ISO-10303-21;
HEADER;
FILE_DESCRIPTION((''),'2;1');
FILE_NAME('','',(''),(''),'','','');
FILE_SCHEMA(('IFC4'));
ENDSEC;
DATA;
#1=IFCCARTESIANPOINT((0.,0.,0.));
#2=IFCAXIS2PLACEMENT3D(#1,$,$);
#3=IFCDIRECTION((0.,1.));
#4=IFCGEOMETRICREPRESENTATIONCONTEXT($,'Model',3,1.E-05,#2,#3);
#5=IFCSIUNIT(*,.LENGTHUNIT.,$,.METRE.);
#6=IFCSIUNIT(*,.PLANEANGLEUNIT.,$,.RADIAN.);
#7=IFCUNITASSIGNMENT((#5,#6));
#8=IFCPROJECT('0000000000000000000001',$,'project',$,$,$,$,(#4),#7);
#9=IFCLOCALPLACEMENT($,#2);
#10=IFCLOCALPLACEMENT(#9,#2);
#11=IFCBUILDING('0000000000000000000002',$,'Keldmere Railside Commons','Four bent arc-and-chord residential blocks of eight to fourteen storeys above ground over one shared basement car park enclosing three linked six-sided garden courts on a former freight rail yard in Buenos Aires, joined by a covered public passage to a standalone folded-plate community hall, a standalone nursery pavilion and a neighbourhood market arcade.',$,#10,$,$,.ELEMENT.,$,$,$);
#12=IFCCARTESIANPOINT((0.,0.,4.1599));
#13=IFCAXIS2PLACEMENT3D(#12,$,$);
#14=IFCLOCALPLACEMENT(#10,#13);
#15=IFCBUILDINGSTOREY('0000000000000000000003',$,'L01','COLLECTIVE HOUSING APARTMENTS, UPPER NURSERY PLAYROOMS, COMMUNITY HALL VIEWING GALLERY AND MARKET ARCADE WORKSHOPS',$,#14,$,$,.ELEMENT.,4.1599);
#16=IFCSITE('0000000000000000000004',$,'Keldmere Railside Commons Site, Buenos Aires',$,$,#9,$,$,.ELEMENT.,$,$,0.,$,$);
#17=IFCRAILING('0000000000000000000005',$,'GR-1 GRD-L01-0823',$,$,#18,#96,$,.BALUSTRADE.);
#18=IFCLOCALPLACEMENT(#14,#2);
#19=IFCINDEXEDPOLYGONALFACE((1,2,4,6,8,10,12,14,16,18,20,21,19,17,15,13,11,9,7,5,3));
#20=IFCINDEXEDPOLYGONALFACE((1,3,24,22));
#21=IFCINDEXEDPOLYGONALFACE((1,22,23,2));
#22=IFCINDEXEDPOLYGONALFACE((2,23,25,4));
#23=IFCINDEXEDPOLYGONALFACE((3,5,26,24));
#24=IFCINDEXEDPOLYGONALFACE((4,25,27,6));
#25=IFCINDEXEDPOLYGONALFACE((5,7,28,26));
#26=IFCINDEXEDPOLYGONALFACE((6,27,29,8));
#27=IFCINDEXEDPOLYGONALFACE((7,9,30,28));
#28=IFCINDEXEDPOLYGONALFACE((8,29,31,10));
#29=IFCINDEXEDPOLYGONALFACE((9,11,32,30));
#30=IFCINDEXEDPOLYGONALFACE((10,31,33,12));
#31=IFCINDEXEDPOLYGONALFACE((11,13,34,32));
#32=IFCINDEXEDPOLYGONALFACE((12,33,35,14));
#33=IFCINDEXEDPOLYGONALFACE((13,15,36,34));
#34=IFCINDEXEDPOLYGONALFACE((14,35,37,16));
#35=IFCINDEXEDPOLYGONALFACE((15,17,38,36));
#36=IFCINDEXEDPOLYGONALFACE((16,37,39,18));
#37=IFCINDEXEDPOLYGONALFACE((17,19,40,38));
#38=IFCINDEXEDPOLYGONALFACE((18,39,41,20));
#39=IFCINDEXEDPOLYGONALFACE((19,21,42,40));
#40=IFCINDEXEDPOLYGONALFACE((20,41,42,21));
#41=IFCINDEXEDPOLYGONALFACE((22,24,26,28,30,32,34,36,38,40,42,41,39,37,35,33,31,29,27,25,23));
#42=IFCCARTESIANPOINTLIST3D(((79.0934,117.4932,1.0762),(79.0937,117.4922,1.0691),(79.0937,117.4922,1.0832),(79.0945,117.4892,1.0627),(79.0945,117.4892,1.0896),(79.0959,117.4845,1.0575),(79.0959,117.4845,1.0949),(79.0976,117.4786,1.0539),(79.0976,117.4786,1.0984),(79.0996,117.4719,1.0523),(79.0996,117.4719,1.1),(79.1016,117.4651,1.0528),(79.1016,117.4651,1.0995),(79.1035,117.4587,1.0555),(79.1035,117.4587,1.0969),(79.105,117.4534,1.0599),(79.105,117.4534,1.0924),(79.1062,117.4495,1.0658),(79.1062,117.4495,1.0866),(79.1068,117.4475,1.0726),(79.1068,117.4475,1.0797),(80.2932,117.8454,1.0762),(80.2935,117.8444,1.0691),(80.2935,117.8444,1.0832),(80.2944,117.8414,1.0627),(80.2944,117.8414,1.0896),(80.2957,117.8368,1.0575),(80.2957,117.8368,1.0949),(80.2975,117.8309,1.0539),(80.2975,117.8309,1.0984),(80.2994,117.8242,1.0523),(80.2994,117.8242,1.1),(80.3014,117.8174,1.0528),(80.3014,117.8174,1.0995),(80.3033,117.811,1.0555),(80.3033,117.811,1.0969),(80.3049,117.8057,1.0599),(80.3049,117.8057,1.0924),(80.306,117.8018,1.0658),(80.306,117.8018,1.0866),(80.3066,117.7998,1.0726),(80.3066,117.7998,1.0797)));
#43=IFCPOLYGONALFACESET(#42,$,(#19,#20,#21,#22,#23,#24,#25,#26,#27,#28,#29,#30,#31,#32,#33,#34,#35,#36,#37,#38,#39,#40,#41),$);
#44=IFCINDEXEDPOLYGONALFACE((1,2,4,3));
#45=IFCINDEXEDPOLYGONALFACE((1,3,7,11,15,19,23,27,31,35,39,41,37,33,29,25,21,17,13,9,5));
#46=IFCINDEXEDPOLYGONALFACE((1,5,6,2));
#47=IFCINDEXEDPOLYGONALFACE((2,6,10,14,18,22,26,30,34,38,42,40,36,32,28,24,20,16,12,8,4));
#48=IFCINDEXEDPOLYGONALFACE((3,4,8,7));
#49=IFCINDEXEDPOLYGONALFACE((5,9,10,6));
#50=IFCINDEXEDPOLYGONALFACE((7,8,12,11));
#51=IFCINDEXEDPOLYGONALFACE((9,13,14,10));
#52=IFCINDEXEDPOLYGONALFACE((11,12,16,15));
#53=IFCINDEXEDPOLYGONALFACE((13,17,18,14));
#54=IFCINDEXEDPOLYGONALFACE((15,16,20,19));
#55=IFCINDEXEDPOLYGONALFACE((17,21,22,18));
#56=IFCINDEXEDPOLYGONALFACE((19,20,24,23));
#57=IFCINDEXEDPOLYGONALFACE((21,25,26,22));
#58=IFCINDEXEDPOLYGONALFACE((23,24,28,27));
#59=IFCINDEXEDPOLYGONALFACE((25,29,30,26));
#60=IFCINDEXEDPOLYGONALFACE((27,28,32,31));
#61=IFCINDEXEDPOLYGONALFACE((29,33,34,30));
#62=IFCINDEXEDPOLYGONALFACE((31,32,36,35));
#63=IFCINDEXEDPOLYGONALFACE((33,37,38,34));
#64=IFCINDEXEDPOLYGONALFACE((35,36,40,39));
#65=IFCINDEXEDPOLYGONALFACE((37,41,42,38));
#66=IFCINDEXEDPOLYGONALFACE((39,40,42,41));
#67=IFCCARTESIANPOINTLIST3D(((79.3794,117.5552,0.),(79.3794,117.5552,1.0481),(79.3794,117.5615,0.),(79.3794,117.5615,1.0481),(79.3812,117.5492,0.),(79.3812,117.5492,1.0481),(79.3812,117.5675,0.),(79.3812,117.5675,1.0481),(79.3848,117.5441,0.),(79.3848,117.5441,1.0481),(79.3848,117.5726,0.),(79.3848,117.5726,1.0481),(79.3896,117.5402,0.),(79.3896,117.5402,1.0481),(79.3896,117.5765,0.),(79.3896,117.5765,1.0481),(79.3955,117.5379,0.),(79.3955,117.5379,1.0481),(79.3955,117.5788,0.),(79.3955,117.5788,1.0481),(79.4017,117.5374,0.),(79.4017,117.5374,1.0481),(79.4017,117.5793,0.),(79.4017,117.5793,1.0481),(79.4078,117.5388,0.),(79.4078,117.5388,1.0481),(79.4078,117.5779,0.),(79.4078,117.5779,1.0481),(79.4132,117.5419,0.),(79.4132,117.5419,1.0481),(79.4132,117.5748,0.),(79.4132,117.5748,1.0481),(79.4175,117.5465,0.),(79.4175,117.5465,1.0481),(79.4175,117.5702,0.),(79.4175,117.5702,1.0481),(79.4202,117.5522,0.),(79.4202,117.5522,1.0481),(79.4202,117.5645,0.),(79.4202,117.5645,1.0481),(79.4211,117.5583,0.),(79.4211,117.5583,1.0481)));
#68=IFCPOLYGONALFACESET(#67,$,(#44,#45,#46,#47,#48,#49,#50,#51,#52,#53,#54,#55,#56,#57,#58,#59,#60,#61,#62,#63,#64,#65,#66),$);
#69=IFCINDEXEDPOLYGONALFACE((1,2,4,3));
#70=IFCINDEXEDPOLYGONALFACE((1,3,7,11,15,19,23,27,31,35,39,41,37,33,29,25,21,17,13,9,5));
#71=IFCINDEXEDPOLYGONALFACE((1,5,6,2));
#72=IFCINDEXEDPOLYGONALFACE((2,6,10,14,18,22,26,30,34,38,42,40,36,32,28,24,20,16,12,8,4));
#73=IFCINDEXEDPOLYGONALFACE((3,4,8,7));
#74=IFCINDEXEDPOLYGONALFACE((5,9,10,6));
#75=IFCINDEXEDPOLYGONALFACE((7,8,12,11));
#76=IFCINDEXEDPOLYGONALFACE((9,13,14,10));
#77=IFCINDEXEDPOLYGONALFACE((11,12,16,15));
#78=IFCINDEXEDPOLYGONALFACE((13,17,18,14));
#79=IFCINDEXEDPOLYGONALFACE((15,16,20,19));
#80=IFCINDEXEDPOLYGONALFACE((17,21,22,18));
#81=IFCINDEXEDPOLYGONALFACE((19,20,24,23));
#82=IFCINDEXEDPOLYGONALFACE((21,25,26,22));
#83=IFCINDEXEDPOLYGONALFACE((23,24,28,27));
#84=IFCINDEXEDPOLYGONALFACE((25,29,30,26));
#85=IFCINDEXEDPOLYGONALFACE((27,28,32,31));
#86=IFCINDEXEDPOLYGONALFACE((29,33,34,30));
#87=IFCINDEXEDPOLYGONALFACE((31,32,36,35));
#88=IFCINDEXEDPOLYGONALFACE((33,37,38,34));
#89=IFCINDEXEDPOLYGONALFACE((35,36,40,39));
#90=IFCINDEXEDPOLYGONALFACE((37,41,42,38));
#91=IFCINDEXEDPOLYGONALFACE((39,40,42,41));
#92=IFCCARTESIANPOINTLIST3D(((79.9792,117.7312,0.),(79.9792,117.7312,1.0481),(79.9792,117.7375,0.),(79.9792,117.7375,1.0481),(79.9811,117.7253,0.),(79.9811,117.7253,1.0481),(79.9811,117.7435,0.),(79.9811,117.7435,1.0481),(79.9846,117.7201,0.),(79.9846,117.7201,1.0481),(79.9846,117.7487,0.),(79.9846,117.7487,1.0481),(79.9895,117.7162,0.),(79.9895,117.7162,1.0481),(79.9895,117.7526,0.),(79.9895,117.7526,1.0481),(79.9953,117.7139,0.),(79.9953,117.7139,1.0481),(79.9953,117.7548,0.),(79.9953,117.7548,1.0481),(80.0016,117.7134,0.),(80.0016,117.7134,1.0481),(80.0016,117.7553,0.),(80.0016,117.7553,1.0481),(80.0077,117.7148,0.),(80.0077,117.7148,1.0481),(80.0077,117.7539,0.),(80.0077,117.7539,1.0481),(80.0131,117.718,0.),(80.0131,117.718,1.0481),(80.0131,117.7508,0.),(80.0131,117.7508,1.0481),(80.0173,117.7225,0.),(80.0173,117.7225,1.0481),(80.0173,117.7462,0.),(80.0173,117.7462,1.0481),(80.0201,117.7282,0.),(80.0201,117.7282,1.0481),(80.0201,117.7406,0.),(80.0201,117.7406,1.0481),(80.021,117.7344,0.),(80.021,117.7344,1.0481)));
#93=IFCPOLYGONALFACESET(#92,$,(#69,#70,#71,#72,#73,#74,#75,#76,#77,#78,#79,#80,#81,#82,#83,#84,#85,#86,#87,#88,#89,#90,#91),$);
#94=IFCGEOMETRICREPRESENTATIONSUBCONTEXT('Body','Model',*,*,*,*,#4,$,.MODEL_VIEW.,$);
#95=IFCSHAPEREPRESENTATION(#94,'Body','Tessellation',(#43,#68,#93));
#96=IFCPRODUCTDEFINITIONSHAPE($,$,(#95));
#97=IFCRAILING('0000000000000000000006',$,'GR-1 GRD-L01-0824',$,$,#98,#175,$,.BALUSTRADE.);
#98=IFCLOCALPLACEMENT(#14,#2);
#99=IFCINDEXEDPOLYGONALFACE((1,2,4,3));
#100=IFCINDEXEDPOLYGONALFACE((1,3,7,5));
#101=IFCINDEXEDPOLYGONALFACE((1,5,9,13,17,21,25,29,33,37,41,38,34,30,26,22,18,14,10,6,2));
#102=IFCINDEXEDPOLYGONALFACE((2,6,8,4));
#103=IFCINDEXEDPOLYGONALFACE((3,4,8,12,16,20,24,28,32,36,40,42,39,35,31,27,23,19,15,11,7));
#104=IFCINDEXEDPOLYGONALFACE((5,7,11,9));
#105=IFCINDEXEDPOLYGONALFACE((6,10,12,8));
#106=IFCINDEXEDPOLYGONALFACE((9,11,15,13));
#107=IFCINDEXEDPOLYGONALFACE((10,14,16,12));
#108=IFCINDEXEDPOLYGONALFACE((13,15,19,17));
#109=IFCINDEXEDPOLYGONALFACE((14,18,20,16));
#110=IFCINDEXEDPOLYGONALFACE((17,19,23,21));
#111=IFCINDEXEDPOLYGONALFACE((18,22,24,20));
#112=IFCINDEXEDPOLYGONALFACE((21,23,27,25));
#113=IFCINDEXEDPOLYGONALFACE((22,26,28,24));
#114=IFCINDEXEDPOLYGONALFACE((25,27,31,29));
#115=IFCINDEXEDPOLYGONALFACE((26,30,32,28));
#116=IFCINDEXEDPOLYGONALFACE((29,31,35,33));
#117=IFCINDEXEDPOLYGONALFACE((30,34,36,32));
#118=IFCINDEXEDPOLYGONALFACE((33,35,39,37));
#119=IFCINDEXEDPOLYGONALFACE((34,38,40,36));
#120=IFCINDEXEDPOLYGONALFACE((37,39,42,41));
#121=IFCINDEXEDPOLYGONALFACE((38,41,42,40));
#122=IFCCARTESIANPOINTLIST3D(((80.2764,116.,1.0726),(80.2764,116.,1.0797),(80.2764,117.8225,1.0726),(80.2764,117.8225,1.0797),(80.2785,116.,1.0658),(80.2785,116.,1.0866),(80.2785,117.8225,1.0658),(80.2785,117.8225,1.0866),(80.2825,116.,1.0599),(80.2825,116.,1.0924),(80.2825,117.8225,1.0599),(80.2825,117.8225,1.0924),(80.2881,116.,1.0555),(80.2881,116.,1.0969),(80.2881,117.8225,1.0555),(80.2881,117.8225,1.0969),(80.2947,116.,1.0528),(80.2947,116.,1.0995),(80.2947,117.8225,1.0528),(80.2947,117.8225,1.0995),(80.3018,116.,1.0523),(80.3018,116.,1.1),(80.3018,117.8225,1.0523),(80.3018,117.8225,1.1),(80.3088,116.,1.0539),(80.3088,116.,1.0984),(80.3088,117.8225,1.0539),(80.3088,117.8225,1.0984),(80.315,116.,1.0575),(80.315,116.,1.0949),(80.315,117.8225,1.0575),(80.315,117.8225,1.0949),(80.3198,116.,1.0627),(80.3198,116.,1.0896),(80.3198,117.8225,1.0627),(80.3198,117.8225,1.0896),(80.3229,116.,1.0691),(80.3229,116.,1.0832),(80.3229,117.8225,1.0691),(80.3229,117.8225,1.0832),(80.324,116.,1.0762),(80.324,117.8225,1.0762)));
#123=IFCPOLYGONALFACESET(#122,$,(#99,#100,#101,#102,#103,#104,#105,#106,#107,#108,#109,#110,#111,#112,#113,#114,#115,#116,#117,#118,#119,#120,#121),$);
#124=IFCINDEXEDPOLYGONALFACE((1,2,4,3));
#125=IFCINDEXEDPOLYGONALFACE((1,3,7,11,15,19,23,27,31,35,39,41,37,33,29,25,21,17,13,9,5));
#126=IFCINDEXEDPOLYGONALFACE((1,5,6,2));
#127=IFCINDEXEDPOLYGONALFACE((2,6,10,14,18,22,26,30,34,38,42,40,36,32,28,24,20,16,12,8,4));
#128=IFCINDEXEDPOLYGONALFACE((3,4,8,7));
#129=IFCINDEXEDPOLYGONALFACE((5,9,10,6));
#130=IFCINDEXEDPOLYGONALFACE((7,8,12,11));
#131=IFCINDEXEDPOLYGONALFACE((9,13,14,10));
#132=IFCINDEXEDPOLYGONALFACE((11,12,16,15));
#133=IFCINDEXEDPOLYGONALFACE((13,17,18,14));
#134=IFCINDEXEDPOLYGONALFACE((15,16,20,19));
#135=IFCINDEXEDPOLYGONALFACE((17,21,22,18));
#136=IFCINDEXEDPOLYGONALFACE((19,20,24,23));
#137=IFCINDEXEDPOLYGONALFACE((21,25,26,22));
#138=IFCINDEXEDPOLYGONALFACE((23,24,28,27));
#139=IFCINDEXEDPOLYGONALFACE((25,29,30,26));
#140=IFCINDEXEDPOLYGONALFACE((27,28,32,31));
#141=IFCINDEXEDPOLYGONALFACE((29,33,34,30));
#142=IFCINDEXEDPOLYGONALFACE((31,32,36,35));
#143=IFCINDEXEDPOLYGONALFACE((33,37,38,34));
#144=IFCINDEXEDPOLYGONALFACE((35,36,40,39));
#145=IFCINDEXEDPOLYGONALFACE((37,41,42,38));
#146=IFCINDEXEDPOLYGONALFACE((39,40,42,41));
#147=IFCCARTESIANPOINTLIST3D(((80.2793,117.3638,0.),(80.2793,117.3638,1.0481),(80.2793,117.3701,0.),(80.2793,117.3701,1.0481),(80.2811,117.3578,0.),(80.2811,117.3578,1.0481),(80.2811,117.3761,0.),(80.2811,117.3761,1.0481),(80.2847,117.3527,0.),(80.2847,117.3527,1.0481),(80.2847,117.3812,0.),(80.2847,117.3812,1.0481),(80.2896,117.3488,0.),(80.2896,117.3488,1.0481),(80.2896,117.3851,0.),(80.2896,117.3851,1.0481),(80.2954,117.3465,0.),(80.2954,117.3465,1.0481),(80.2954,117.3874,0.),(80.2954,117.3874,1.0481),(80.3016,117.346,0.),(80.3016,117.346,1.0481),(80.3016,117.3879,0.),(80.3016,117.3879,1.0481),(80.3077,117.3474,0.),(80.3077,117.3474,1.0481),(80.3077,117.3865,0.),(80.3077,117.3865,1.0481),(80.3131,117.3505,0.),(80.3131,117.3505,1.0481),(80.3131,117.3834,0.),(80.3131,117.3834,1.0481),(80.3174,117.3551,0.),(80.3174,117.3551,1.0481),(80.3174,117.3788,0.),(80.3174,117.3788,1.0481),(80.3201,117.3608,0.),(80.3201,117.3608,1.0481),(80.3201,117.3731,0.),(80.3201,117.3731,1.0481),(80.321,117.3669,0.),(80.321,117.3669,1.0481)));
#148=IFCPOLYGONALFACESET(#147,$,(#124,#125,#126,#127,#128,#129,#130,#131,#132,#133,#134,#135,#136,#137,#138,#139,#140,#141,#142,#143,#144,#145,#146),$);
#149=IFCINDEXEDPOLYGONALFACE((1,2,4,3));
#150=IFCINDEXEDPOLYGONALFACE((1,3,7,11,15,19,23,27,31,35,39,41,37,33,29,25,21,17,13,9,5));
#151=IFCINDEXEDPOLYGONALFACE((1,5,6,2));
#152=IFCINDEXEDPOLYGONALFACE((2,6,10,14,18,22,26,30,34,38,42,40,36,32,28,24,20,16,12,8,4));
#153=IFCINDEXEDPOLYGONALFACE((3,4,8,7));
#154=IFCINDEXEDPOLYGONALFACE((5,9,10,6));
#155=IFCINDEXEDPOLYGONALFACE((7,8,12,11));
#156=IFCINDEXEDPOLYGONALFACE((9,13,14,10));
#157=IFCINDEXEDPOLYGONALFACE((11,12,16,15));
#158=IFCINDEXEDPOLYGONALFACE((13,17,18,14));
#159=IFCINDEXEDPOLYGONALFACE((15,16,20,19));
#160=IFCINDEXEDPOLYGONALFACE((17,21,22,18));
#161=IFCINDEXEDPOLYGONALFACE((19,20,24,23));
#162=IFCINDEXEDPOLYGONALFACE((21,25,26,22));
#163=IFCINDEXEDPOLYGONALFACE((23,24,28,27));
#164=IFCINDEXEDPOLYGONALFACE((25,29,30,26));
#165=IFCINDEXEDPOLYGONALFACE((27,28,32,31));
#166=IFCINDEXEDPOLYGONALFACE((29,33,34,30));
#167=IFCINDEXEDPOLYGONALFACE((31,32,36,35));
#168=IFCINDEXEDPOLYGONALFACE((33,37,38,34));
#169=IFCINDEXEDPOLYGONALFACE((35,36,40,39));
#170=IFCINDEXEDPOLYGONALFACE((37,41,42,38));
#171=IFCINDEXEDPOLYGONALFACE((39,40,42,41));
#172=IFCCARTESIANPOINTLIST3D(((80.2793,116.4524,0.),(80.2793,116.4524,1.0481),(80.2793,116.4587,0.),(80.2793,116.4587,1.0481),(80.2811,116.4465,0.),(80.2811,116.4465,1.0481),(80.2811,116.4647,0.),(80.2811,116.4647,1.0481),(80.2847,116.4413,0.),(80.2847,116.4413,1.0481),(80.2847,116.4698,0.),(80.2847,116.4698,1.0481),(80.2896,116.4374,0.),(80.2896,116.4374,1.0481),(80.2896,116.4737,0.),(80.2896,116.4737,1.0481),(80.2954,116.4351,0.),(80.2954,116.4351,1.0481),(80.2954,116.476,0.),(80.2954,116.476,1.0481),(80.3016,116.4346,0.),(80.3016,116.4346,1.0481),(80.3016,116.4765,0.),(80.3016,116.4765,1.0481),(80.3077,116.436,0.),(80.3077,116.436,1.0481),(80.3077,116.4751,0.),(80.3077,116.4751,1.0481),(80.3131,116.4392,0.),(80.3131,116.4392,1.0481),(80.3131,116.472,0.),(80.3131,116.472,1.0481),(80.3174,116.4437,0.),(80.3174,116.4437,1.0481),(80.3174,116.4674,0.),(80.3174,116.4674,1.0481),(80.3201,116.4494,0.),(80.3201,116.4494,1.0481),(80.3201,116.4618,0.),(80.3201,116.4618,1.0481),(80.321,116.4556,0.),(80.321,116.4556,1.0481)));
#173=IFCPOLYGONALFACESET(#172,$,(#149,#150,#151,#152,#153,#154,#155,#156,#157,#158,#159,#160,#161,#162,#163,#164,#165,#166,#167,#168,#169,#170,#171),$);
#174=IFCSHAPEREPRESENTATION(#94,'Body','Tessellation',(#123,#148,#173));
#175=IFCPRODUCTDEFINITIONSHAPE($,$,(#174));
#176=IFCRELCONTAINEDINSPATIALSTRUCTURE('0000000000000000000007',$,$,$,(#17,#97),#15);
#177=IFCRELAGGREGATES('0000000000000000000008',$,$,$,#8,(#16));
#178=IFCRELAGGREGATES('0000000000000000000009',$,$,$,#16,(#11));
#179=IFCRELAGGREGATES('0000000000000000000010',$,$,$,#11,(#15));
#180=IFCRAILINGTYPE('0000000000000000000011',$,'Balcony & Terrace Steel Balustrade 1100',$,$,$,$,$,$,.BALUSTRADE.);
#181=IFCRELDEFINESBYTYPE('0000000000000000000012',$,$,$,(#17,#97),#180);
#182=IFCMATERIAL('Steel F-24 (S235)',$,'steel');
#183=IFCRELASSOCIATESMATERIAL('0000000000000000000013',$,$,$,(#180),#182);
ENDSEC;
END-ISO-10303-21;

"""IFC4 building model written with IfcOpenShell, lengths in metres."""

from ifc_helpers import new_model, si_unit, direction, frame, origin, origin_2d, place, context, subcontext, project, spatial, circle, extrude, material, type_object, element, save


model = new_model("IFC4")

# Units and contexts
model_context = context("Model", 3, precision=1e-05, world=origin(), true_north=direction((0.0, 1.0)))
body_context = subcontext(model_context, "Body", "Model", "MODEL_VIEW")
ifc_project = project(units=[si_unit("LENGTHUNIT", "METRE"), si_unit("PLANEANGLEUNIT", "RADIAN")], contexts=[model_context])

# Site, building, storey
site_placement = place(None, origin())
site = spatial("IfcSite", under=ifc_project, at=site_placement, Name="Keldmere Railside Commons Site, Buenos Aires", CompositionType="ELEMENT", RefElevation=0.0)
building_placement = place(site_placement, origin())
building = spatial("IfcBuilding", under=site, at=building_placement, Name="Keldmere Railside Commons", Description="Four bent arc-and-chord residential blocks of eight to fourteen storeys above ground over one shared basement car park enclosing three linked six-sided garden courts on a former freight rail yard in Buenos Aires, joined by a covered public passage to a standalone folded-plate community hall, a standalone nursery pavilion and a neighbourhood market arcade.", CompositionType="ELEMENT")
storey_placement = place(building_placement, frame((0.0, 0.0, 4.1599)))
storey = spatial("IfcBuildingStorey", under=building, at=storey_placement, Name="L01", Description="COLLECTIVE HOUSING APARTMENTS, UPPER NURSERY PLAYROOMS, COMMUNITY HALL VIEWING GALLERY AND MARKET ARCADE WORKSHOPS", CompositionType="ELEMENT", Elevation=4.1599)

# Shared definitions
ifc_material_1 = material(Name="Steel F-24 (S235)", Category="steel")

# Railings
railing_type = type_object("IfcRailingType", Name="Balcony & Terrace Steel Balustrade 1100", PredefinedType="BALUSTRADE", material=ifc_material_1)
railing_1_placement = place(storey_placement, frame((79.1001, 117.4702, 0.0)))
element("IfcRailing", 1, at=railing_1_placement, inside=storey, type_object=railing_type, Name="GR-1 GRD-L01-0823", PredefinedType="BALUSTRADE", context=body_context, shape_type="SweptSolid", body=[
    extrude(circle(Radius=0.0239, at=origin_2d()), frame((0.0, 0.0, 1.0762), z_axis=(0.959502, 0.281701, 0.0), x_axis=(-0.281701, 0.959502, 0.0)), (0.0, 0.0, 1.0), 1.2505),
    extrude(circle(Radius=0.021, at=origin_2d()), frame((0.3, 0.0881, 0.0)), (0.0, 0.0, 1.0), 1.0481),
    extrude(circle(Radius=0.021, at=origin_2d()), frame((0.8999, 0.2642, 0.0)), (0.0, 0.0, 1.0), 1.0481),
])
railing_2_placement = place(storey_placement, frame((80.3, 117.8225, 0.0)))
element("IfcRailing", 2, at=railing_2_placement, inside=storey, type_object=railing_type, Name="GR-1 GRD-L01-0824", PredefinedType="BALUSTRADE", context=body_context, shape_type="SweptSolid", body=[
    extrude(circle(Radius=0.0239, at=origin_2d()), frame((0.0, 0.0, 1.0762), z_axis=(0.0, -1.0, 0.0), x_axis=(1.0, 0.0, 0.0)), (0.0, 0.0, 1.0), 1.8225),
    extrude(circle(Radius=0.021, at=origin_2d()), frame((0.0, -0.4556, 0.0)), (0.0, 0.0, 1.0), 1.0481),
    extrude(circle(Radius=0.021, at=origin_2d()), frame((0.0, -1.3669, 0.0)), (0.0, 0.0, 1.0), 1.0481),
])

save(model, "model.ifc")
